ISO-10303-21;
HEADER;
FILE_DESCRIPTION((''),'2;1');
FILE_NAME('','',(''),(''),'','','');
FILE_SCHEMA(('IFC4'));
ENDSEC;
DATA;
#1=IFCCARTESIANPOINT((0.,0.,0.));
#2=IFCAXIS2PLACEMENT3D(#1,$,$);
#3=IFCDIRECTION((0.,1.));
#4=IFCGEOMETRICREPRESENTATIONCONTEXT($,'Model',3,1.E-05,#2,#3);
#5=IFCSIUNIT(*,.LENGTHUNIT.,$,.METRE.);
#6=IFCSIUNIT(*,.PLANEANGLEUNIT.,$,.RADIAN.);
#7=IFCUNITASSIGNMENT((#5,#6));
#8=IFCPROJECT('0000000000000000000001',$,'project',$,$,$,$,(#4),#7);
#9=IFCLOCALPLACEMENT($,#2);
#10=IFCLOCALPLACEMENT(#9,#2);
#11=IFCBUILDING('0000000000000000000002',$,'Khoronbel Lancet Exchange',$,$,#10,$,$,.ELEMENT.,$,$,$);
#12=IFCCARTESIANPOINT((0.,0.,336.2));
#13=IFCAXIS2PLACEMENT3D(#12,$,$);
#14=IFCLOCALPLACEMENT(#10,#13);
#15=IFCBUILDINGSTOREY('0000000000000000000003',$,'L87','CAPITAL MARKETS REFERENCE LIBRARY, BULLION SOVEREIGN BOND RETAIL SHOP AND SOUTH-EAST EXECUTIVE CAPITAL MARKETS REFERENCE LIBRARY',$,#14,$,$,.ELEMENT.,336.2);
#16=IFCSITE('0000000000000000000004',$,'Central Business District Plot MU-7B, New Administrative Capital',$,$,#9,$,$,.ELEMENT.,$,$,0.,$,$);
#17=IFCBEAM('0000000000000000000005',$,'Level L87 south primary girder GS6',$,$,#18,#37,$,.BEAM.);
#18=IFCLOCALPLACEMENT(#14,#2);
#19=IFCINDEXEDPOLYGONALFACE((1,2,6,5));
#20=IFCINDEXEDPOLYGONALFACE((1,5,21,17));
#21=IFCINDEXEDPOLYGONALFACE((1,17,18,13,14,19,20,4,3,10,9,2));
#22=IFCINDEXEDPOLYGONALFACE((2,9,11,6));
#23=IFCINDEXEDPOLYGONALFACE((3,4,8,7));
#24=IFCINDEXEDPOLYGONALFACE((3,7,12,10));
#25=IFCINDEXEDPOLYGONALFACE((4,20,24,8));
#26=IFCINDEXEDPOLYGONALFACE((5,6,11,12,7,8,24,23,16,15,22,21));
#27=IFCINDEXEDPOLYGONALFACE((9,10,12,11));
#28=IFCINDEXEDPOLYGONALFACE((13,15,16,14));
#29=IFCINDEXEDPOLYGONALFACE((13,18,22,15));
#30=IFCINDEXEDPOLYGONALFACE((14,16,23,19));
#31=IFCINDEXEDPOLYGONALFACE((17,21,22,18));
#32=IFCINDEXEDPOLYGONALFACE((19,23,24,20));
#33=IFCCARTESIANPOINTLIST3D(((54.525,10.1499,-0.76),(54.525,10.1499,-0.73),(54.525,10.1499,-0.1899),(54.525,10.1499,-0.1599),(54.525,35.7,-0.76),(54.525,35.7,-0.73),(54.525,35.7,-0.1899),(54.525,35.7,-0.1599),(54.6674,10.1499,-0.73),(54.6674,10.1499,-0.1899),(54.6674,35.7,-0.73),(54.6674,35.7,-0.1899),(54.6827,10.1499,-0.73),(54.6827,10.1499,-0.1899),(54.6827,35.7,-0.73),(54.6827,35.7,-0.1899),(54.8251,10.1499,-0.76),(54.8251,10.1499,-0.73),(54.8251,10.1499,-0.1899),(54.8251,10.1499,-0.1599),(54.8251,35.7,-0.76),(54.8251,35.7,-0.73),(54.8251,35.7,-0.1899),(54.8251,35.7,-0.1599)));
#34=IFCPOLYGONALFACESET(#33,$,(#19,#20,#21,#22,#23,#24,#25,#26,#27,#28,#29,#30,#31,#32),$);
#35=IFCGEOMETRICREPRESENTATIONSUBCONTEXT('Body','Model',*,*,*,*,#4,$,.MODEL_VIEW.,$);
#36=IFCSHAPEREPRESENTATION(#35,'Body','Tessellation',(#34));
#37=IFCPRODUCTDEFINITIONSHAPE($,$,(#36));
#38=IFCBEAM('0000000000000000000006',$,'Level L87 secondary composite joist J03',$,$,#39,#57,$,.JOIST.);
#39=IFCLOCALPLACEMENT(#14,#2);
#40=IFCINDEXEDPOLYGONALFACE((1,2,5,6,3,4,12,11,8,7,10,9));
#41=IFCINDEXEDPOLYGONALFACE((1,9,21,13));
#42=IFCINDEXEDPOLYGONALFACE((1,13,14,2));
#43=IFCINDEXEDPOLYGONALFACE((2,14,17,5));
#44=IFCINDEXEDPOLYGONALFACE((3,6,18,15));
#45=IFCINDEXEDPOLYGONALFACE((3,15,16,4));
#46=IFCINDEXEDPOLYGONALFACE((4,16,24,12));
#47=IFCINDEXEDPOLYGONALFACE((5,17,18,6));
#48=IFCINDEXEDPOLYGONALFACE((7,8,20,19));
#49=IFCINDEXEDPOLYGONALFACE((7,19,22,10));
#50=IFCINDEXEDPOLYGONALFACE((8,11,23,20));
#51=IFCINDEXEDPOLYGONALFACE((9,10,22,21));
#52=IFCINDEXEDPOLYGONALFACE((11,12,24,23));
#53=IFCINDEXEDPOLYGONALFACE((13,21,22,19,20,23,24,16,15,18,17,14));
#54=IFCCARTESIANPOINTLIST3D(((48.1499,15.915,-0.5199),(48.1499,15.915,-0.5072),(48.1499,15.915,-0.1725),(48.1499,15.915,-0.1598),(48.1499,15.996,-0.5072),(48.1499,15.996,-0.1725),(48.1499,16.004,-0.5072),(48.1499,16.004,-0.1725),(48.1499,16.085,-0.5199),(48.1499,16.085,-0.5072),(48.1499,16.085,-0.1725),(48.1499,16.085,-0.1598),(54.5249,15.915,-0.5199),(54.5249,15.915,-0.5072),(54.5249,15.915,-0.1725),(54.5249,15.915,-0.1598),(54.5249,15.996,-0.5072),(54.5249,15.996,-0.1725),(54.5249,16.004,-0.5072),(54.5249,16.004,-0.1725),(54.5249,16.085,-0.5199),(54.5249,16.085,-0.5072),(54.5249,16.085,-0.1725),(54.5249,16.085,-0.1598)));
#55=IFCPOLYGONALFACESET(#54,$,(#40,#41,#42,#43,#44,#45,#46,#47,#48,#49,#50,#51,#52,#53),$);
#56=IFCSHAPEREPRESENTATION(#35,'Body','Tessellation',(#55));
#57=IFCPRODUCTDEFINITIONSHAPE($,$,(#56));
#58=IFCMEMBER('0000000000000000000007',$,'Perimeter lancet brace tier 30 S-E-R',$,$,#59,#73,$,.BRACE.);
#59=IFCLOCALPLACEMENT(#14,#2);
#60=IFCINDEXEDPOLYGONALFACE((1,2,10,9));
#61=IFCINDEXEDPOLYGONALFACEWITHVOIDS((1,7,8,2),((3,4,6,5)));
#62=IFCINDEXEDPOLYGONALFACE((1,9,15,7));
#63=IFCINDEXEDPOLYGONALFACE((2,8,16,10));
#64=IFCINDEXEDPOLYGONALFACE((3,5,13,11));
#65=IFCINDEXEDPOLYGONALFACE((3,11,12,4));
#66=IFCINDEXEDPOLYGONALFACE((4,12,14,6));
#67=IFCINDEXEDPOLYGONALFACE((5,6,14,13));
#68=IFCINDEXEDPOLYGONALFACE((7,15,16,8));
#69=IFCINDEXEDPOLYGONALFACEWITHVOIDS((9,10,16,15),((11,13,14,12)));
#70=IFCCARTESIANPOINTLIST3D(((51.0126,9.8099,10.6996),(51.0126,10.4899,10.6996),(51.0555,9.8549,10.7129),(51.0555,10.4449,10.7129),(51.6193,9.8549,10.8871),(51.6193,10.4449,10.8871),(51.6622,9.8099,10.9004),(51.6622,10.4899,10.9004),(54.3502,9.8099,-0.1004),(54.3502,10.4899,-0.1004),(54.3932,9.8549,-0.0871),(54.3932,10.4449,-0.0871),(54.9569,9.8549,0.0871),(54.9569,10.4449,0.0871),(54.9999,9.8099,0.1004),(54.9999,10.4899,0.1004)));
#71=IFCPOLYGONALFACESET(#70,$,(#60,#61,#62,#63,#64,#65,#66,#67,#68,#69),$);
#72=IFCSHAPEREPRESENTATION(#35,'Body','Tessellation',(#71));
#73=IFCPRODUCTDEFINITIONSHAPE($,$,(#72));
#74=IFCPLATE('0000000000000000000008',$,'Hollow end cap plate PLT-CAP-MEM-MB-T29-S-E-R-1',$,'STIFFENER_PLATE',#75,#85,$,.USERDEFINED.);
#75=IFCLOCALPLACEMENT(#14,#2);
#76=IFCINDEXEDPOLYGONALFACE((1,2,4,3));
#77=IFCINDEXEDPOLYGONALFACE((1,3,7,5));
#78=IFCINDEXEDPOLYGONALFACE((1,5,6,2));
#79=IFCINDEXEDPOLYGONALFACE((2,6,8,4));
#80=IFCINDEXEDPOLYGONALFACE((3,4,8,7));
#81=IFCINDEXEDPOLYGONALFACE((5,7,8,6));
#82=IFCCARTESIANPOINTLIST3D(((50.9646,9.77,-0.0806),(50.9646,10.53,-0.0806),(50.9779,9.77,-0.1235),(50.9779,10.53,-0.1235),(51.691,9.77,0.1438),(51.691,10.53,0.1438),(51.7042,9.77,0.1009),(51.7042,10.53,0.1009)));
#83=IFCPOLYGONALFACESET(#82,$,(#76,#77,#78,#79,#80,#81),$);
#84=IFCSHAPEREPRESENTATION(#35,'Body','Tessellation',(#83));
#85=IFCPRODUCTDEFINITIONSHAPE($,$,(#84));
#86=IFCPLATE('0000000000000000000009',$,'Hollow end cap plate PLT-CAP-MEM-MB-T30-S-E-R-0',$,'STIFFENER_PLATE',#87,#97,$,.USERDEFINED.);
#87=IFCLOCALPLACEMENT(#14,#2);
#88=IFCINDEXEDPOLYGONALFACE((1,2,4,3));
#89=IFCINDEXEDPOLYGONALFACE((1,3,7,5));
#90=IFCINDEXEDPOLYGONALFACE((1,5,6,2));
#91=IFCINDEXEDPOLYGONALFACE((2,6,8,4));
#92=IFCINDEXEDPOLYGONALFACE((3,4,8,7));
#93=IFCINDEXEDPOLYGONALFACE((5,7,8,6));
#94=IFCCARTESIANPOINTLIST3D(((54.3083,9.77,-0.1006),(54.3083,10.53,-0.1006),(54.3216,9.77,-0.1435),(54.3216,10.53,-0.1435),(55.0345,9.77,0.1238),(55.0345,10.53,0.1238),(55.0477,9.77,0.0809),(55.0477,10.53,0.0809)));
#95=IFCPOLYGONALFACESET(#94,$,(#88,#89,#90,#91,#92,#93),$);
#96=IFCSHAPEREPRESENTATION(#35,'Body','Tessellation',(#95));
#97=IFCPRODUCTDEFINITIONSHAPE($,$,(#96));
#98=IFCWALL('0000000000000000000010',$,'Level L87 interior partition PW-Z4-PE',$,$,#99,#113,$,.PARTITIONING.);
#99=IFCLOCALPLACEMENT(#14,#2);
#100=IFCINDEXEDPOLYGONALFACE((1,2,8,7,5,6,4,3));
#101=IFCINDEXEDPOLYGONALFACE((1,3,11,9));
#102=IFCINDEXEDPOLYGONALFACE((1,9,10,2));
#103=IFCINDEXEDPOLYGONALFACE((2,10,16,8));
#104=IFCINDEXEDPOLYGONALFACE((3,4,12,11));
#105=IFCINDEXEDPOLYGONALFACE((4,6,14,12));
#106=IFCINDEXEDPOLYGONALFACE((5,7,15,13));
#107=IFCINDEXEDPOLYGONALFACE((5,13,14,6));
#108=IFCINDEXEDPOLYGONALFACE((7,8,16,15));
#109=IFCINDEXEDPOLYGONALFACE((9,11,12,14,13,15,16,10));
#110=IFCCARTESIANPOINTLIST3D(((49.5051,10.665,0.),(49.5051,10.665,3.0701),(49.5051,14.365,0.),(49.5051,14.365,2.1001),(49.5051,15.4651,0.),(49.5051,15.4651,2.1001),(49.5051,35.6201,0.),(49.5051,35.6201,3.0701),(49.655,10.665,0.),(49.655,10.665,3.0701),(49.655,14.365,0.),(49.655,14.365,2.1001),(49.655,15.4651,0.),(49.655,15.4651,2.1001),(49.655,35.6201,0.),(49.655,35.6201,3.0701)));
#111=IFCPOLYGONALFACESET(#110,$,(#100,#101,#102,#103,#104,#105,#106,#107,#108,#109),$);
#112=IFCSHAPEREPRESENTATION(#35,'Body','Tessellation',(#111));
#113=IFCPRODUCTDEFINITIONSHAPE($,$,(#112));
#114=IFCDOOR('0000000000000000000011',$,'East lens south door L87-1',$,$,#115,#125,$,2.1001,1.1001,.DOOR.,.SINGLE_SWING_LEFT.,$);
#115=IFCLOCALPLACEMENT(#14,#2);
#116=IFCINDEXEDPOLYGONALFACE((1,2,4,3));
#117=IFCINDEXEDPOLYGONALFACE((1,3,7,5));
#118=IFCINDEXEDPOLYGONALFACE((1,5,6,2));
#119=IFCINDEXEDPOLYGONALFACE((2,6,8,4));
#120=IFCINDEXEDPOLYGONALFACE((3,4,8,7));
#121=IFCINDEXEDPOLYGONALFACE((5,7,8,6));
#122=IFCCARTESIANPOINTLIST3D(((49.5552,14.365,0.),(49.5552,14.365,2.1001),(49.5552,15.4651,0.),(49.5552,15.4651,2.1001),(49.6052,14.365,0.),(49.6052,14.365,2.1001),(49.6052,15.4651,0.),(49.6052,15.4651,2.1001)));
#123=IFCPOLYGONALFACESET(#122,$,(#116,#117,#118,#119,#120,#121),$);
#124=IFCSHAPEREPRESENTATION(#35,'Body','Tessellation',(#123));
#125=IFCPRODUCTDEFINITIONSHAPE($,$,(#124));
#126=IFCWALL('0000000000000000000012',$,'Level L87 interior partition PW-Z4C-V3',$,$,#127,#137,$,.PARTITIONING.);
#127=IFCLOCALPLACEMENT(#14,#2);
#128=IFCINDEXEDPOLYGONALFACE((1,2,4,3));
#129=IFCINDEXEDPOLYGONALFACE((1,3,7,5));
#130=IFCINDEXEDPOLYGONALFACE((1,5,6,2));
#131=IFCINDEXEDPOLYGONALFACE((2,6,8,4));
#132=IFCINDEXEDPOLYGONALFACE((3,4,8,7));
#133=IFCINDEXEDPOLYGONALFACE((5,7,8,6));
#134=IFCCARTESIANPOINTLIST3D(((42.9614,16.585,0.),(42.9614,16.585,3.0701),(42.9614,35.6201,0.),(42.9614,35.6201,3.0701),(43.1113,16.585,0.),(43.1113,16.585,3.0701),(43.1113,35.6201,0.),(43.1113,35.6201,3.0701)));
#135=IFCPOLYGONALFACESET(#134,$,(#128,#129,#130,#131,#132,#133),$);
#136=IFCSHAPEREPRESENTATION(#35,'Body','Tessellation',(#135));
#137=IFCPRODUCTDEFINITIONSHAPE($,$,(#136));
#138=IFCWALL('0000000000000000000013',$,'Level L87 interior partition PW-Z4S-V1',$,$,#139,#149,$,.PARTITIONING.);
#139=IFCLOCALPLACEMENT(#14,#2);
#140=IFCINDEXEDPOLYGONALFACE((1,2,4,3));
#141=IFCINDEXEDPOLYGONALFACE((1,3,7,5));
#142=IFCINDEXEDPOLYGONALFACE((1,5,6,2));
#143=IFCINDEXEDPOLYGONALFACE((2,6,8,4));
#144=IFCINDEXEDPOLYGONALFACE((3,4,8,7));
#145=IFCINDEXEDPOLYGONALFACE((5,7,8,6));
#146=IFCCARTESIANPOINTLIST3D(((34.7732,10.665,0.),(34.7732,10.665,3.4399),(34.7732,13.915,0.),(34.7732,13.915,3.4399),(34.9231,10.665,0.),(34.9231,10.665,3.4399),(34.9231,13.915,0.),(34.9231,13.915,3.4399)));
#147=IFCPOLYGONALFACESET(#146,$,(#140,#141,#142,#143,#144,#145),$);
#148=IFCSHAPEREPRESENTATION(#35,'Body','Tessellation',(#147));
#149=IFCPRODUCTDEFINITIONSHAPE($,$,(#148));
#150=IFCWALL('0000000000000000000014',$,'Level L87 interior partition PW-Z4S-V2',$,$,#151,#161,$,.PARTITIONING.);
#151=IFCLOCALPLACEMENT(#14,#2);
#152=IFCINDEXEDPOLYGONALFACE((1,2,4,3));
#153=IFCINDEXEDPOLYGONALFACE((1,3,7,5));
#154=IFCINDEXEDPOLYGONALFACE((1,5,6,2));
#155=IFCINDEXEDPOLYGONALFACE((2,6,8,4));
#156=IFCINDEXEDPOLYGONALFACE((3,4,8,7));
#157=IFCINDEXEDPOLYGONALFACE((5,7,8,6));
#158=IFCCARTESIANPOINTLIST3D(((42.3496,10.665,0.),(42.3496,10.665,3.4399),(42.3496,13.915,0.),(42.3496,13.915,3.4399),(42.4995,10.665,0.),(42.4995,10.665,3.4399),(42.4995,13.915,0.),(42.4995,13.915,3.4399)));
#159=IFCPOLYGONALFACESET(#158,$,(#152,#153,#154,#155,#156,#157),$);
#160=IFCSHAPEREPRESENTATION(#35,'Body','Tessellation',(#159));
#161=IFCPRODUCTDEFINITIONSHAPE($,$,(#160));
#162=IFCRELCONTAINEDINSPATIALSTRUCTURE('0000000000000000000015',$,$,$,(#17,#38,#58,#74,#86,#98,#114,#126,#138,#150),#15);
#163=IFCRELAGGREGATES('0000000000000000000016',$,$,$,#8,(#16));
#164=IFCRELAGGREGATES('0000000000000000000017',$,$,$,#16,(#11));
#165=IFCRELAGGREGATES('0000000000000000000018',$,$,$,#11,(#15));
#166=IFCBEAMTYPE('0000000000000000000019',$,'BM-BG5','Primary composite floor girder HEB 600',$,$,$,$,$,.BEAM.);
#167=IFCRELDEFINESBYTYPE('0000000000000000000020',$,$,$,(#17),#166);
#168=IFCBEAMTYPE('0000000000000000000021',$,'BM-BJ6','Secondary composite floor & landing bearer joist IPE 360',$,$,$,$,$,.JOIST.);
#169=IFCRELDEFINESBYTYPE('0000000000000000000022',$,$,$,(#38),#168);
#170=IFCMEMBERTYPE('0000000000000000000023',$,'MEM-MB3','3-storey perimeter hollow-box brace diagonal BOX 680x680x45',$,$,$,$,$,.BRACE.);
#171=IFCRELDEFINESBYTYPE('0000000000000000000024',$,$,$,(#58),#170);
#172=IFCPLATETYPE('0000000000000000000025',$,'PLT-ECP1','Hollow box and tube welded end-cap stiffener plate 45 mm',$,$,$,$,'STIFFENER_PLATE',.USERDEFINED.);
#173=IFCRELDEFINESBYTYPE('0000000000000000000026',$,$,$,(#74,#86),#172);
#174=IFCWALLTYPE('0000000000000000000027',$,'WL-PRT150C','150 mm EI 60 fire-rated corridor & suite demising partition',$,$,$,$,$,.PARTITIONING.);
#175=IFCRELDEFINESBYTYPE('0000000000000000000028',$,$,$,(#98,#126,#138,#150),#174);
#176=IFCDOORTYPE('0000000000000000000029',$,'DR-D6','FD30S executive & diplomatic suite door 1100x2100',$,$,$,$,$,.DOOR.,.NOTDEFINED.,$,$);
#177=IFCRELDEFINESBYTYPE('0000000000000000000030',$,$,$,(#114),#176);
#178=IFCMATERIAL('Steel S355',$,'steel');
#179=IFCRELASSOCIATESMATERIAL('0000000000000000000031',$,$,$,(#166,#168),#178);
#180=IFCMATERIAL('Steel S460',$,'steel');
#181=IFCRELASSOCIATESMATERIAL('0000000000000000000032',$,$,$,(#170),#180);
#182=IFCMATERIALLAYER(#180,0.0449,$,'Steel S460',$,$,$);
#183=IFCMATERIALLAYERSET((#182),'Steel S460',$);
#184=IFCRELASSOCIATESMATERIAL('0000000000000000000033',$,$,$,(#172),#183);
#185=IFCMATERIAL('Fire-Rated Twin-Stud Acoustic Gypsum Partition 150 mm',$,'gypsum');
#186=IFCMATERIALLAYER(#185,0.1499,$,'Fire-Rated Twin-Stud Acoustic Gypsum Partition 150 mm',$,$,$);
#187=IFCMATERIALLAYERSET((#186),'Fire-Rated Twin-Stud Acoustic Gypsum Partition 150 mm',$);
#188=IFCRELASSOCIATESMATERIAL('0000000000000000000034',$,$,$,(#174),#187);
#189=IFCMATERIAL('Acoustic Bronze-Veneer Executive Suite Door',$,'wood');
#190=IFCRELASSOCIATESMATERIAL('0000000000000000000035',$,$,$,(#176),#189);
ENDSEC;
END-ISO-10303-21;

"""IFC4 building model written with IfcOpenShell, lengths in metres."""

from ifc_helpers import new_model, si_unit, direction, frame, frame_2d, origin, origin_2d, place, context, subcontext, project, spatial, polyline, rectangle, hollow_rectangle, i_section, outline, extrude, material, layer, layer_set, material_profile, profile_set, type_object, element, fill, save


model = new_model("IFC4")

# Units and contexts
model_context = context("Model", 3, precision=1e-05, world=origin(), true_north=direction((0.0, 1.0)))
body_context = subcontext(model_context, "Body", "Model", "MODEL_VIEW")
ifc_project = project(units=[si_unit("LENGTHUNIT", "METRE"), si_unit("PLANEANGLEUNIT", "RADIAN")], contexts=[model_context])

# Site, building, storey
site_placement = place(None, origin())
site = spatial("IfcSite", under=ifc_project, at=site_placement, Name="Central Business District Plot MU-7B, New Administrative Capital", CompositionType="ELEMENT", RefElevation=0.0)
building_placement = place(site_placement, origin())
building = spatial("IfcBuilding", under=site, at=building_placement, Name="Khoronbel Lancet Exchange", CompositionType="ELEMENT")
storey_placement = place(building_placement, frame((0.0, 0.0, 336.2)))
storey = spatial("IfcBuildingStorey", under=building, at=storey_placement, Name="L87", Description="CAPITAL MARKETS REFERENCE LIBRARY, BULLION SOVEREIGN BOND RETAIL SHOP AND SOUTH-EAST EXECUTIVE CAPITAL MARKETS REFERENCE LIBRARY", CompositionType="ELEMENT", Elevation=336.2)

# Beams
ifc_material_1 = material(Name="Steel S355", Category="steel")
ifc_material_profile_1 = material_profile(ifc_material_1, i_section(OverallWidth=0.3, OverallDepth=0.6001, WebThickness=0.0154, FlangeThickness=0.03, at=origin_2d()), Name="HEB 600")
ifc_profile_set_1 = profile_set([ifc_material_profile_1], Name="Steel S355")
beam_type_1 = type_object("IfcBeamType", Name="BM-BG5", Description="Primary composite floor girder HEB 600", PredefinedType="BEAM", material=ifc_profile_set_1)
beam_1_placement = place(storey_placement, frame((54.675, 10.1499, -0.46), z_axis=(0.0, 1.0, 0.0), x_axis=(-1.0, 0.0, 0.0)))
element("IfcBeam", 1, at=beam_1_placement, inside=storey, type_object=beam_type_1, Name="Level L87 south primary girder GS6", PredefinedType="BEAM", context=body_context, shape_type="SweptSolid", body=[
    extrude(i_section(OverallWidth=0.3, OverallDepth=0.6001, WebThickness=0.0154, FlangeThickness=0.03, at=origin_2d()), origin(), (0.0, 0.0, 1.0), 25.55),
])
ifc_material_profile_2 = material_profile(ifc_material_1, i_section(OverallWidth=0.1699, OverallDepth=0.3601, WebThickness=0.0081, FlangeThickness=0.0127, at=origin_2d()), Name="IPE 360")
ifc_profile_set_2 = profile_set([ifc_material_profile_2], Name="Steel S355")
beam_type_2 = type_object("IfcBeamType", Name="BM-BJ6", Description="Secondary composite floor & landing bearer joist IPE 360", PredefinedType="JOIST", material=ifc_profile_set_2)
beam_2_placement = place(storey_placement, frame((48.1499, 16.0, -0.3398), z_axis=(1.0, 0.0, 0.0), x_axis=(0.0, 1.0, 0.0)))
element("IfcBeam", 2, at=beam_2_placement, inside=storey, type_object=beam_type_2, Name="Level L87 secondary composite joist J03", PredefinedType="JOIST", context=body_context, shape_type="SweptSolid", body=[
    extrude(i_section(OverallWidth=0.1699, OverallDepth=0.3601, WebThickness=0.0081, FlangeThickness=0.0127, at=origin_2d()), origin(), (0.0, 0.0, 1.0), 6.375),
])

# Member
ifc_material_2 = material(Name="Steel S460", Category="steel")
ifc_material_profile_3 = material_profile(ifc_material_2, hollow_rectangle(XDim=0.6799, YDim=0.6799, WallThickness=0.0449, at=origin_2d()), Name="BOX 680x680x45")
ifc_profile_set_3 = profile_set([ifc_material_profile_3], Name="Steel S460")
member_type = type_object("IfcMemberType", Name="MEM-MB3", Description="3-storey perimeter hollow-box brace diagonal BOX 680x680x45", PredefinedType="BRACE", material=ifc_profile_set_3)
member_placement = place(storey_placement, frame((54.675, 10.1499, 0.0), z_axis=(-0.295262, 0.0, 0.955416), x_axis=(0.0, -1.0, 0.0)))
element("IfcMember", 3, at=member_placement, inside=storey, type_object=member_type, Name="Perimeter lancet brace tier 30 S-E-R", PredefinedType="BRACE", context=body_context, shape_type="SweptSolid", body=[
    extrude(hollow_rectangle(XDim=0.6799, YDim=0.6799, WallThickness=0.0449, at=origin_2d()), origin(), (0.0, 0.0, 1.0), 11.304),
])

# Plates
ifc_layer_1 = layer(ifc_material_2, 0.0449, Name="Steel S460")
ifc_layer_set_1 = layer_set([ifc_layer_1], Name="Steel S460")
plate_type = type_object("IfcPlateType", Name="PLT-ECP1", Description="Hollow box and tube welded end-cap stiffener plate 45 mm", ElementType="STIFFENER_PLATE", PredefinedType="USERDEFINED", material=ifc_layer_set_1)
plate_1_placement = place(storey_placement, frame((50.9646, 10.53, -0.0806), z_axis=(-0.295146, 0.0, 0.955452), x_axis=(0.0, -1.0, 0.0)))
element("IfcPlate", 4, at=plate_1_placement, inside=storey, type_object=plate_type, Name="Hollow end cap plate PLT-CAP-MEM-MB-T29-S-E-R-1", ObjectType="STIFFENER_PLATE", PredefinedType="USERDEFINED", context=body_context, shape_type="SweptSolid", body=[
    extrude(outline(polyline([(0.0, 0.0), (0.76, 0.0), (0.76, 0.7603), (0.0, 0.7603), (0.0, 0.0)])), origin(), (0.0, 0.0, -1.0), 0.0449),
])
plate_2_placement = place(storey_placement, frame((54.3083, 10.53, -0.1006), z_axis=(-0.295237, 0.0, 0.955424), x_axis=(0.0, -1.0, 0.0)))
element("IfcPlate", 5, at=plate_2_placement, inside=storey, type_object=plate_type, Name="Hollow end cap plate PLT-CAP-MEM-MB-T30-S-E-R-0", ObjectType="STIFFENER_PLATE", PredefinedType="USERDEFINED", context=body_context, shape_type="SweptSolid", body=[
    extrude(outline(polyline([(0.0, 0.0), (0.76, 0.0), (0.76, 0.76), (0.0, 0.76), (0.0, 0.0)])), origin(), (0.0, 0.0, -1.0), 0.0449),
])

# Wall, opening, door
ifc_material_3 = material(Name="Fire-Rated Twin-Stud Acoustic Gypsum Partition 150 mm", Category="gypsum")
ifc_layer_2 = layer(ifc_material_3, 0.1499, Name="Fire-Rated Twin-Stud Acoustic Gypsum Partition 150 mm")
ifc_layer_set_2 = layer_set([ifc_layer_2], Name="Fire-Rated Twin-Stud Acoustic Gypsum Partition 150 mm")
wall_type_1 = type_object("IfcWallType", Name="WL-PRT150C", Description="150 mm EI 60 fire-rated corridor & suite demising partition", PredefinedType="PARTITIONING", material=ifc_layer_set_2)
wall_1_placement = place(storey_placement, frame((49.5801, 10.665, 0.0), z_axis=(0.0, 0.0, 1.0), x_axis=(0.0, 1.0, 0.0)))
wall_1 = element("IfcWall", 6, at=wall_1_placement, inside=storey, type_object=wall_type_1, Name="Level L87 interior partition PW-Z4-PE", PredefinedType="PARTITIONING", context=body_context, shape_type="SweptSolid", body=[
    extrude(rectangle(XDim=24.9551, YDim=0.1499, at=frame_2d((12.4775, 0.0))), origin(), (0.0, 0.0, 1.0), 3.0701),
])
opening_1_placement = place(wall_1_placement, frame((3.7, 0.0, 0.0)))
opening_1 = element("IfcOpeningElement", 7, at=opening_1_placement, cuts=wall_1, PredefinedType="OPENING", context=body_context, shape_type="SweptSolid", body=[
    extrude(rectangle(XDim=1.1001, YDim=2.1001, at=frame_2d((0.55, 1.05))), frame((0.0, 0.085, 0.0), z_axis=(0.0, -1.0, 0.0), x_axis=(1.0, 0.0, 0.0)), (0.0, 0.0, 1.0), 0.1699),
])
ifc_material_4 = material(Name="Acoustic Bronze-Veneer Executive Suite Door", Category="wood")
door_type_1 = type_object("IfcDoorType", Name="DR-D6", Description="FD30S executive & diplomatic suite door 1100x2100", OperationType="NOTDEFINED", PredefinedType="DOOR", material=ifc_material_4)
door_1_placement = place(opening_1_placement, origin())
door_1 = element("IfcDoor", 8, at=door_1_placement, inside=storey, type_object=door_type_1, Name="East lens south door L87-1", OperationType="SINGLE_SWING_LEFT", OverallHeight=2.1001, OverallWidth=1.1001, PredefinedType="DOOR", context=body_context, shape_type="SweptSolid", body=[
    extrude(rectangle(XDim=1.1001, YDim=2.1001, at=frame_2d((0.55, 1.05))), frame((0.0, 0.0249, 0.0), z_axis=(0.0, -1.0, 0.0), x_axis=(1.0, 0.0, 0.0)), (0.0, 0.0, 1.0), 0.05),
])
fill(opening_1, door_1)

# Walls
wall_2_placement = place(storey_placement, frame((43.0364, 16.585, 0.0), z_axis=(0.0, 0.0, 1.0), x_axis=(0.0, 1.0, 0.0)))
element("IfcWall", 9, at=wall_2_placement, inside=storey, type_object=wall_type_1, Name="Level L87 interior partition PW-Z4C-V3", PredefinedType="PARTITIONING", context=body_context, shape_type="SweptSolid", body=[
    extrude(rectangle(XDim=19.0352, YDim=0.1499, at=frame_2d((9.5176, 0.0))), origin(), (0.0, 0.0, 1.0), 3.0701),
])
for number, where, z_axis, x_axis, name in (
    (10, (34.8481, 10.665, 0.0), (0.0, 0.0, 1.0), (0.0, 1.0, 0.0), "Level L87 interior partition PW-Z4S-V1"),
    (11, (42.4246, 10.665, 0.0), (0.0, 0.0, 1.0), (0.0, 1.0, 0.0), "Level L87 interior partition PW-Z4S-V2"),
):
    element("IfcWall", number, at=place(storey_placement, frame(where, z_axis=z_axis, x_axis=x_axis)), inside=storey, type_object=wall_type_1, Name=name, PredefinedType="PARTITIONING", context=body_context, shape_type="SweptSolid", body=[
        extrude(rectangle(XDim=3.25, YDim=0.1499, at=frame_2d((1.625, 0.0))), origin(), (0.0, 0.0, 1.0), 3.4399),
    ])

save(model, "model.ifc")
